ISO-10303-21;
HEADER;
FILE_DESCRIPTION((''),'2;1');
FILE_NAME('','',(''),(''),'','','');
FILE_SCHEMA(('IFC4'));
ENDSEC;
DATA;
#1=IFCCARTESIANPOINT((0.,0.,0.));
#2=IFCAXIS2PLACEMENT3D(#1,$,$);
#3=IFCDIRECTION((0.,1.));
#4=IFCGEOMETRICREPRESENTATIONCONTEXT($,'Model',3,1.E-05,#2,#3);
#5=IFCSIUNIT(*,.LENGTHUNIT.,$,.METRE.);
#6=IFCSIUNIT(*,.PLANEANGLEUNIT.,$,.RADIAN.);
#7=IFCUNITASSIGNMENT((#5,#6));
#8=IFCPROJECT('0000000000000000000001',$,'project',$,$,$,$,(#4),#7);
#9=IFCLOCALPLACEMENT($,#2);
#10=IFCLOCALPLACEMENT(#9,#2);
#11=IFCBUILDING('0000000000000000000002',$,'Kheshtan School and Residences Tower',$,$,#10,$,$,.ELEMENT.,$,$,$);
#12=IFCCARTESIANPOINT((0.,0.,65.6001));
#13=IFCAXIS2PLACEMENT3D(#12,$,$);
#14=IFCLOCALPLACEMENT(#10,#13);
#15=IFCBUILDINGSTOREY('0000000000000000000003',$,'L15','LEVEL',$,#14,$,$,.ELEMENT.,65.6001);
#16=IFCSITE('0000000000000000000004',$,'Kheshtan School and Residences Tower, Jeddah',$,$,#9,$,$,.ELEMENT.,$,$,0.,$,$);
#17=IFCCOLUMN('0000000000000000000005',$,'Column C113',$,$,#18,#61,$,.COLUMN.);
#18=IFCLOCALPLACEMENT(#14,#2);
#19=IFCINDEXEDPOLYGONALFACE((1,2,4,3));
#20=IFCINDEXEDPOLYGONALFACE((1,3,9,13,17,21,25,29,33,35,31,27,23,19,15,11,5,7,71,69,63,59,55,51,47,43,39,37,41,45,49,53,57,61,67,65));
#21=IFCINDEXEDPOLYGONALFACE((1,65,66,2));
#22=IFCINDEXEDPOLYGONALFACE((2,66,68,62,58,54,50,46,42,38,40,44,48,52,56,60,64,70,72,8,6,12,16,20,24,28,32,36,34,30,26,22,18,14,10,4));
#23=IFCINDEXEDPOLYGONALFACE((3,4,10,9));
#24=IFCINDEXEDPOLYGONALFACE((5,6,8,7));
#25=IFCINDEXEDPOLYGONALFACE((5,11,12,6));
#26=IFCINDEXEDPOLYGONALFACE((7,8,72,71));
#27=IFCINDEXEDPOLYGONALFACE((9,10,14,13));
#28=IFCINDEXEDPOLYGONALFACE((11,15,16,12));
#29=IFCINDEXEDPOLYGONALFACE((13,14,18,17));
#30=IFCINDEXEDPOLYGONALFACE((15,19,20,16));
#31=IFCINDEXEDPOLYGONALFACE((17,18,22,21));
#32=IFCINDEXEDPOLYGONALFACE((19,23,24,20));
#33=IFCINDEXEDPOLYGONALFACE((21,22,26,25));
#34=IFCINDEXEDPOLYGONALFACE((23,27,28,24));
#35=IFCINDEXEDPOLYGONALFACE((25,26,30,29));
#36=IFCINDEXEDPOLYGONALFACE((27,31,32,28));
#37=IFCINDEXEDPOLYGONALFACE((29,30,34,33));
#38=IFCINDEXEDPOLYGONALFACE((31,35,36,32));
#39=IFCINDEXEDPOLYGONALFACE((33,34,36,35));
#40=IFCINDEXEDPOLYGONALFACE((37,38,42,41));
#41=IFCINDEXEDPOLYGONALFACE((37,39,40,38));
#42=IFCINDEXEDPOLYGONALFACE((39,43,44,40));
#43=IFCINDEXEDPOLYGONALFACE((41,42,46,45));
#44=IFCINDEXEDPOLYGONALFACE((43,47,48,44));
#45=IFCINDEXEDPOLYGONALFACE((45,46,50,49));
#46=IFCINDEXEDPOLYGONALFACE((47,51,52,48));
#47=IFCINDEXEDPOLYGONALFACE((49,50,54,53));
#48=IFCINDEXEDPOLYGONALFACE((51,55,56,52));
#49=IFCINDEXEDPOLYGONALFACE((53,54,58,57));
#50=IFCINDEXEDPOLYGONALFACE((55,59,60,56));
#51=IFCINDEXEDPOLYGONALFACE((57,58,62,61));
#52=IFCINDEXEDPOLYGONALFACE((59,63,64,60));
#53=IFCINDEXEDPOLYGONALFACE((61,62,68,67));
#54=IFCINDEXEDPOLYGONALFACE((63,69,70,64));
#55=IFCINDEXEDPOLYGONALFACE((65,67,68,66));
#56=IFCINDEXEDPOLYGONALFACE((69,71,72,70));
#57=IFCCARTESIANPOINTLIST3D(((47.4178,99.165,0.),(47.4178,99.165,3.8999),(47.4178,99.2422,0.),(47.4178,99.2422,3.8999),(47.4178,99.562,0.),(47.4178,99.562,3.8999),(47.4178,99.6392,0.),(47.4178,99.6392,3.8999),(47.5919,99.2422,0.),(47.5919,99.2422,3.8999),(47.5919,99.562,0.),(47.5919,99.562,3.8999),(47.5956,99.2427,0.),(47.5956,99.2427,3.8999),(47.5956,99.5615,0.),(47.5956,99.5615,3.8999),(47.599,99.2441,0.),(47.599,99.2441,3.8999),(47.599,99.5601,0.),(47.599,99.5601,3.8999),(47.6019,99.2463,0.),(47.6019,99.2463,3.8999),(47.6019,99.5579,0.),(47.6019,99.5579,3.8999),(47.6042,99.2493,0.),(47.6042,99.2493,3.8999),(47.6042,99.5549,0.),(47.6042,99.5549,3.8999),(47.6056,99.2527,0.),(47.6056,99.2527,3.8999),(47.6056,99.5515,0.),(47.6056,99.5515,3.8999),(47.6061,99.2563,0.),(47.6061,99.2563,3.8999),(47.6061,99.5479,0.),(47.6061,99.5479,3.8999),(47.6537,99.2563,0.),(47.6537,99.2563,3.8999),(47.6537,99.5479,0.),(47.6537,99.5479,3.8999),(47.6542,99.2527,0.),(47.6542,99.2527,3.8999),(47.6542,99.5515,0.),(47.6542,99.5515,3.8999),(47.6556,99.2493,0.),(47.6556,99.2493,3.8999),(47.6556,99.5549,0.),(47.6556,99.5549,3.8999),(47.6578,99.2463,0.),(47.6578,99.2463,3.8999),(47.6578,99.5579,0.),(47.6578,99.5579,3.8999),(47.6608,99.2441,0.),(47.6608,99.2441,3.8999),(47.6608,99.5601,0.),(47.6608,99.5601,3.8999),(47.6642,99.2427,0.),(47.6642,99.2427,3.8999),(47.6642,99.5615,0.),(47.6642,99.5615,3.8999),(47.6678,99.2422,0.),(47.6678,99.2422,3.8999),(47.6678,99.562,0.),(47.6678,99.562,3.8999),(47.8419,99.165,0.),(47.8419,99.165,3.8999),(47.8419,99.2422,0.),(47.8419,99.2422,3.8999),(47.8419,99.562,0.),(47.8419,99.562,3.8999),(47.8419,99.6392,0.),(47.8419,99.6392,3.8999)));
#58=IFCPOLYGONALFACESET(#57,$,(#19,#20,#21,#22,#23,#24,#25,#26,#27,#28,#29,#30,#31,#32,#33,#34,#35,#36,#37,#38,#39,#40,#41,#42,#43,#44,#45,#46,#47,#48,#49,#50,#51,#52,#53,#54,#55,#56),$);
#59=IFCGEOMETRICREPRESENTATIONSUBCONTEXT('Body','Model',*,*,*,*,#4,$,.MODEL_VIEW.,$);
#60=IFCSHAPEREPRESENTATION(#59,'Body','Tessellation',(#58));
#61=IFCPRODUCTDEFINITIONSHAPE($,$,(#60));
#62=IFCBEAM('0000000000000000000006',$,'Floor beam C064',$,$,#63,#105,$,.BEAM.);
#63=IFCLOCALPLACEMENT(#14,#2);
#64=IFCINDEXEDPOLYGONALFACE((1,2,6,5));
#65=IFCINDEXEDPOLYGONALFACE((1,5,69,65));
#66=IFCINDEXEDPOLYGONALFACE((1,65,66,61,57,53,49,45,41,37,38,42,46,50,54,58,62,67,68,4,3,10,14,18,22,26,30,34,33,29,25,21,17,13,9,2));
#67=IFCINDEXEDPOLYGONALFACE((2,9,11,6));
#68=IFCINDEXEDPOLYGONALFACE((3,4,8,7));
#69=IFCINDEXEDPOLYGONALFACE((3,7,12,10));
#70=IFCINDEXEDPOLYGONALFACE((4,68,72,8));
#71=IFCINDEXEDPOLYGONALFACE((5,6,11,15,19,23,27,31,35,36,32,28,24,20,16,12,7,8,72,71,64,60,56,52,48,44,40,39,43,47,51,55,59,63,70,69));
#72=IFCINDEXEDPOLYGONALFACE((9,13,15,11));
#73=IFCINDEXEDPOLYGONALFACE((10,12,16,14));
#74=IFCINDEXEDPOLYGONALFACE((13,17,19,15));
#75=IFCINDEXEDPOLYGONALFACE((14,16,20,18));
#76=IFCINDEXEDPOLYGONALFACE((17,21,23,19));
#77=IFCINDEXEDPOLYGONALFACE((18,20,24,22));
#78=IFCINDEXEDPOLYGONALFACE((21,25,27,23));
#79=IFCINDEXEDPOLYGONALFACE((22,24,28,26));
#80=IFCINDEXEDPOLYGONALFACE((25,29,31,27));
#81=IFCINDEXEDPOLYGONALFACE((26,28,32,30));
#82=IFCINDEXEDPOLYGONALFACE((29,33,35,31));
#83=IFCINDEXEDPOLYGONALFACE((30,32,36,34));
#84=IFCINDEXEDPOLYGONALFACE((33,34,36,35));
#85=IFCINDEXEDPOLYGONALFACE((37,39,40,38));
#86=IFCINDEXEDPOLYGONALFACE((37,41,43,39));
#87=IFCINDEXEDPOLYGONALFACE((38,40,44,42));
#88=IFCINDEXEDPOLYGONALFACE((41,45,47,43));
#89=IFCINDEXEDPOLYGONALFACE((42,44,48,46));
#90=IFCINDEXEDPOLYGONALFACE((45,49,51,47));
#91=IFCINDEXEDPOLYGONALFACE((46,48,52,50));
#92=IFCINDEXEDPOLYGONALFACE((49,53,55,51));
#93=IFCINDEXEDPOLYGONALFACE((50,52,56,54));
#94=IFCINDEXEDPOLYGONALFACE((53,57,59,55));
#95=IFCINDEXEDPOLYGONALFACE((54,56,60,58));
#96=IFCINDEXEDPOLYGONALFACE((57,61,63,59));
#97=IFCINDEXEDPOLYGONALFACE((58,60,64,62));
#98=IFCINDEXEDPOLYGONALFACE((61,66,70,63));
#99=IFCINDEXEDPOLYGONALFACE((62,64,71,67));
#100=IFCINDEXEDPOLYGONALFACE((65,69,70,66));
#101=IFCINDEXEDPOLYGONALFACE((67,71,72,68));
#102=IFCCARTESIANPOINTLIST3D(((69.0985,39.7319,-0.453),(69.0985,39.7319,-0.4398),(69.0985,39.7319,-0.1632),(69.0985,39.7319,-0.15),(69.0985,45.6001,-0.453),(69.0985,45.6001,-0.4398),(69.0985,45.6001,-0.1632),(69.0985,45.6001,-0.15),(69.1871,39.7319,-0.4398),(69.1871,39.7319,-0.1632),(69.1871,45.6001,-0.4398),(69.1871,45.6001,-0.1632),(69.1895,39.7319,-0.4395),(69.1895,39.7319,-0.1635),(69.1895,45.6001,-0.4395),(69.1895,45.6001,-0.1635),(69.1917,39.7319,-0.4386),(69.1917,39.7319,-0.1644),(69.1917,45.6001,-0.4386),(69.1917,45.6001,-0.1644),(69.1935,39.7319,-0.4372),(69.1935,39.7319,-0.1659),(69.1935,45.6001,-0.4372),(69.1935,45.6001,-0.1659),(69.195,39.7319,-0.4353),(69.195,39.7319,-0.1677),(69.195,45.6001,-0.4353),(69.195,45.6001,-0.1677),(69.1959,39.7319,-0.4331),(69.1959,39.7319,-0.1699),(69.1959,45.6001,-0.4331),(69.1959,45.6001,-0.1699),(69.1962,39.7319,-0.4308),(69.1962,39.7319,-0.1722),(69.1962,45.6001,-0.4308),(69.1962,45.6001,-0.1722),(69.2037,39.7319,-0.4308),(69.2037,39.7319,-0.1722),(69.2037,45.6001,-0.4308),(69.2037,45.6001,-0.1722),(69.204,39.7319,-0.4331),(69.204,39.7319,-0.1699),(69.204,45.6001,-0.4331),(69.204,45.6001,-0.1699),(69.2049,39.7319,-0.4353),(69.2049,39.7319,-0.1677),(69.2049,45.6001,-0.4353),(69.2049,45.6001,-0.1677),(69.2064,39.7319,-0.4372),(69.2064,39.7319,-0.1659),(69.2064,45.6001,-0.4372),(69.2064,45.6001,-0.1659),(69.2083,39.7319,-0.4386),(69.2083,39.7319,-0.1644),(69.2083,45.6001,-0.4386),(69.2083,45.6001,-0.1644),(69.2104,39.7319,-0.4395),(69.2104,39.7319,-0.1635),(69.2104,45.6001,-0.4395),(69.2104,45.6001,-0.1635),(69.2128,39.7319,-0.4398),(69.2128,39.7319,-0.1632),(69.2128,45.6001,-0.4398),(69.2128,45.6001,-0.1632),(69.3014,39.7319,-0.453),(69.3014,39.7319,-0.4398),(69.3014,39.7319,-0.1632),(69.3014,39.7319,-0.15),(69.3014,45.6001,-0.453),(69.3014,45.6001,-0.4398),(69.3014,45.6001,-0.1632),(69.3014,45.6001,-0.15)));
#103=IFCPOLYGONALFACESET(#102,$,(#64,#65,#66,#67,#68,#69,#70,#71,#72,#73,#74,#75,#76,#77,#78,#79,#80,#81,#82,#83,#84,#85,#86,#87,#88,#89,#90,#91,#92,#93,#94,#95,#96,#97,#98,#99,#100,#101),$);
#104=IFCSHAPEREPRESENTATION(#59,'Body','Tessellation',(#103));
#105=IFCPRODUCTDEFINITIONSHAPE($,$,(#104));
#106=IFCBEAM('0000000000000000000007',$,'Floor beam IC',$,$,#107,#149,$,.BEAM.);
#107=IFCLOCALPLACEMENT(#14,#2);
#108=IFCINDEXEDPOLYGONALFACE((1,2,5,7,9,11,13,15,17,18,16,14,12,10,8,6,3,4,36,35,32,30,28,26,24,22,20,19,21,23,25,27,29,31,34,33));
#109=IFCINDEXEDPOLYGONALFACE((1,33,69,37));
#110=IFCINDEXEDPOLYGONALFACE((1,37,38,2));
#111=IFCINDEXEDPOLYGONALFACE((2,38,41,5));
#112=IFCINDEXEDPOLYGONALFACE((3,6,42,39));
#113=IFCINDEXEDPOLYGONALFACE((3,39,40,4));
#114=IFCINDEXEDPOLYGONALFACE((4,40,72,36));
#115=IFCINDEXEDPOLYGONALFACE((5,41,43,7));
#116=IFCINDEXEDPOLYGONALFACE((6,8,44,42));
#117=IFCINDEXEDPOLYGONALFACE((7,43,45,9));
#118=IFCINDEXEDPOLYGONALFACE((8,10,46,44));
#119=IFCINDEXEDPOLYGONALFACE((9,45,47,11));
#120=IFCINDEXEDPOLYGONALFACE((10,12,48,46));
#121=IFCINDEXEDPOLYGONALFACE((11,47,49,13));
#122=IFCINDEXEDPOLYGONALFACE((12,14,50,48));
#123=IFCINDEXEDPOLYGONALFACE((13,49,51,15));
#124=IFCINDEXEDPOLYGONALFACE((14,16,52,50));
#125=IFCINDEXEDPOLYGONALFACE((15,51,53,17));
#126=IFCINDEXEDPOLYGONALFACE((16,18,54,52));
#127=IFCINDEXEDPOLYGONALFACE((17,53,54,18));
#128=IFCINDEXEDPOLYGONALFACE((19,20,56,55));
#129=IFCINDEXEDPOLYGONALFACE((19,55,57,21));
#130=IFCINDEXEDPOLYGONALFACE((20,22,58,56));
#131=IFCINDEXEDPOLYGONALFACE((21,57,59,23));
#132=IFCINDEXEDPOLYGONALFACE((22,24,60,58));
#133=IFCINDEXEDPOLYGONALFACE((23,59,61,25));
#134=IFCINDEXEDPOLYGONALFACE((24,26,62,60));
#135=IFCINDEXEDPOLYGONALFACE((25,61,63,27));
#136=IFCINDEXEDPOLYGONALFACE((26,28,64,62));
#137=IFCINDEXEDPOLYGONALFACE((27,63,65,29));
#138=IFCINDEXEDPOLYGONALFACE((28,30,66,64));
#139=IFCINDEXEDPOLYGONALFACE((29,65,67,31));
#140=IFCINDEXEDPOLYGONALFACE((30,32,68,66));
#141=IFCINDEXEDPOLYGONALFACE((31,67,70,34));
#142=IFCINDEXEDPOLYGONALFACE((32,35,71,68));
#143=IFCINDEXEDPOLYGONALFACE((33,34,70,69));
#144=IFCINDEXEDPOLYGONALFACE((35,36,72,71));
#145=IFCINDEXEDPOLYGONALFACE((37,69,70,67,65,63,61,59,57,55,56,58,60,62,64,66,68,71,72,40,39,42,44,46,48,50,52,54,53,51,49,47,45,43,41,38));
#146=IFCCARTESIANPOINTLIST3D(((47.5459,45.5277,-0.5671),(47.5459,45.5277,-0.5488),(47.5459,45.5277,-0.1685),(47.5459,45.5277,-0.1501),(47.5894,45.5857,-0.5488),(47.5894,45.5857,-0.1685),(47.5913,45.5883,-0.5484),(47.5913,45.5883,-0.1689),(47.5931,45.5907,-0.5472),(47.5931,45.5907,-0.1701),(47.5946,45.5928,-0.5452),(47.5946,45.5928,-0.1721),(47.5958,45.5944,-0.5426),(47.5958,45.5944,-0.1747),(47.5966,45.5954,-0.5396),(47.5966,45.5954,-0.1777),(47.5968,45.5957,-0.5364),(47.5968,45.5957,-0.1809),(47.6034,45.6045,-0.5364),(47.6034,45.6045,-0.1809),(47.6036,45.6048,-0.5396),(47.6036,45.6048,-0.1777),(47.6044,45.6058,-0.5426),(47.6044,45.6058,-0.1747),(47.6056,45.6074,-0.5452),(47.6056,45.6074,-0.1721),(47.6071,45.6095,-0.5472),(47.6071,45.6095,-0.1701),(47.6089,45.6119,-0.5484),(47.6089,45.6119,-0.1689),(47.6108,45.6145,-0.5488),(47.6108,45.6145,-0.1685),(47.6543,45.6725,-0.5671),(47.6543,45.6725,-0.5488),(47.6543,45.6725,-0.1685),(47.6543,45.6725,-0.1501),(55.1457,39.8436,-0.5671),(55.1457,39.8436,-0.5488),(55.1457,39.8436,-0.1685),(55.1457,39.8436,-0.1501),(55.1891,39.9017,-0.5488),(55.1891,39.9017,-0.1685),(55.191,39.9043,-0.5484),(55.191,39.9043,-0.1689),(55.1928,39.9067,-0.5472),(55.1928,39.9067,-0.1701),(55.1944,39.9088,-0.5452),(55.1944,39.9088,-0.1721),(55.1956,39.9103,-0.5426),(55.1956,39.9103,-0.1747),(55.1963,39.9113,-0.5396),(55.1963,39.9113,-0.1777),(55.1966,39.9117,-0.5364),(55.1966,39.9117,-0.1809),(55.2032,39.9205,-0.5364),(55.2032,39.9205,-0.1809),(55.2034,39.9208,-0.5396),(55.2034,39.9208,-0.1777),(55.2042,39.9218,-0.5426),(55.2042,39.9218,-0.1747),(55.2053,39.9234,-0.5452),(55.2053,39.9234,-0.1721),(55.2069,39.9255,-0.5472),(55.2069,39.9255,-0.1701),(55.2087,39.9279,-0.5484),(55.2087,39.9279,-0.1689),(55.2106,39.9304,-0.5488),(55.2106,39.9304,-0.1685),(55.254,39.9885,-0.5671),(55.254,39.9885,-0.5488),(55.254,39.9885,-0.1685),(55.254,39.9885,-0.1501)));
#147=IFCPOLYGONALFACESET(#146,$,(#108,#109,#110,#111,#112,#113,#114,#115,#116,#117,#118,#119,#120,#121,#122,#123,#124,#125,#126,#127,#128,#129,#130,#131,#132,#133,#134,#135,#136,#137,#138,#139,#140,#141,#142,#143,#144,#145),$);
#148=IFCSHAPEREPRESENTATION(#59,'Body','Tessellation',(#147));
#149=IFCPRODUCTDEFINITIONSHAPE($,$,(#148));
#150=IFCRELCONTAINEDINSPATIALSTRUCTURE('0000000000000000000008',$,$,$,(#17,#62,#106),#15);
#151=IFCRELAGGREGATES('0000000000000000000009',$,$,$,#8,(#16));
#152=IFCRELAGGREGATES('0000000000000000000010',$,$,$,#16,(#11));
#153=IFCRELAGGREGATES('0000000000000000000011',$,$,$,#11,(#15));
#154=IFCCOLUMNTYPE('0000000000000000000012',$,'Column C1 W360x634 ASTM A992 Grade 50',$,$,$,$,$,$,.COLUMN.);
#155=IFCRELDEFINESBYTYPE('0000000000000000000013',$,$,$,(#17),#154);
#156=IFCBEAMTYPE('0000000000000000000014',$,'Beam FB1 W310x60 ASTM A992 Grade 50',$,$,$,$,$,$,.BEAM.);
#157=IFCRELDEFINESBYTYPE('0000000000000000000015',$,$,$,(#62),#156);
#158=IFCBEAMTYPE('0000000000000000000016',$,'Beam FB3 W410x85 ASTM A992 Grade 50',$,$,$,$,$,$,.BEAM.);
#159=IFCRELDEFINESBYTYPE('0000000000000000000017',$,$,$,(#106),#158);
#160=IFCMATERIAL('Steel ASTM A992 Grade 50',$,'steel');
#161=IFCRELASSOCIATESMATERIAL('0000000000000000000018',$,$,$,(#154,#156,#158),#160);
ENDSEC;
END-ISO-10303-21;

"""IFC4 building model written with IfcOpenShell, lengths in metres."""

from ifc_helpers import new_model, si_unit, direction, frame, origin, origin_2d, place, context, subcontext, project, spatial, i_section, extrude, material, material_profile, profile_set, type_object, element, save


model = new_model("IFC4")

# Units and contexts
model_context = context("Model", 3, precision=1e-05, world=origin(), true_north=direction((0.0, 1.0)))
body_context = subcontext(model_context, "Body", "Model", "MODEL_VIEW")
ifc_project = project(units=[si_unit("LENGTHUNIT", "METRE"), si_unit("PLANEANGLEUNIT", "RADIAN")], contexts=[model_context])

# Site, building, storey
site_placement = place(None, origin())
site = spatial("IfcSite", under=ifc_project, at=site_placement, Name="Kheshtan School and Residences Tower, Jeddah", CompositionType="ELEMENT", RefElevation=0.0)
building_placement = place(site_placement, origin())
building = spatial("IfcBuilding", under=site, at=building_placement, Name="Kheshtan School and Residences Tower", CompositionType="ELEMENT")
storey_placement = place(building_placement, frame((0.0, 0.0, 65.6001)))
storey = spatial("IfcBuildingStorey", under=building, at=storey_placement, Name="L15", Description="LEVEL", CompositionType="ELEMENT", Elevation=65.6001)

# Column
ifc_material_1 = material(Name="Steel ASTM A992 Grade 50", Category="steel")
ifc_material_profile_1 = material_profile(ifc_material_1, i_section(OverallWidth=0.4241, OverallDepth=0.4741, WebThickness=0.0476, FlangeThickness=0.0771, FilletRadius=0.0142, at=origin_2d()), Name="W360x634")
ifc_profile_set_1 = profile_set([ifc_material_profile_1], Name="Steel ASTM A992 Grade 50")
column_type = type_object("IfcColumnType", Name="Column C1 W360x634 ASTM A992 Grade 50", PredefinedType="COLUMN", material=ifc_profile_set_1)
for number, where, z_axis, x_axis, name in (
    (1, (47.6299, 99.4021, 0.0), (0.0, 0.0, 1.0), (1.0, 0.0, 0.0), "Column C113"),
):
    element("IfcColumn", number, at=place(storey_placement, frame(where, z_axis=z_axis, x_axis=x_axis)), inside=storey, type_object=column_type, Name=name, PredefinedType="COLUMN", context=body_context, shape_type="SweptSolid", body=[
        extrude(i_section(OverallWidth=0.4241, OverallDepth=0.4741, WebThickness=0.0476, FlangeThickness=0.0771, FilletRadius=0.0142, at=origin_2d()), origin(), (0.0, 0.0, 1.0), 3.8999),
    ])

# Beams
ifc_material_profile_2 = material_profile(ifc_material_1, i_section(OverallWidth=0.2029, OverallDepth=0.303, WebThickness=0.0076, FlangeThickness=0.0132, FilletRadius=0.009, at=origin_2d()), Name="W310x60")
ifc_profile_set_2 = profile_set([ifc_material_profile_2], Name="Steel ASTM A992 Grade 50")
beam_type_1 = type_object("IfcBeamType", Name="Beam FB1 W310x60 ASTM A992 Grade 50", PredefinedType="BEAM", material=ifc_profile_set_2)
beam_1_placement = place(storey_placement, frame((69.2, 45.6001, -0.3015), z_axis=(0.0, -1.0, 0.0), x_axis=(1.0, 0.0, 0.0)))
element("IfcBeam", 2, at=beam_1_placement, inside=storey, type_object=beam_type_1, Name="Floor beam C064", PredefinedType="BEAM", context=body_context, shape_type="SweptSolid", body=[
    extrude(i_section(OverallWidth=0.2029, OverallDepth=0.303, WebThickness=0.0076, FlangeThickness=0.0132, FilletRadius=0.009, at=origin_2d()), origin(), (0.0, 0.0, 1.0), 5.8682),
])
ifc_material_profile_3 = material_profile(ifc_material_1, i_section(OverallWidth=0.1809, OverallDepth=0.417, WebThickness=0.011, FlangeThickness=0.0183, FilletRadius=0.0125, at=origin_2d()), Name="W410x85")
ifc_profile_set_3 = profile_set([ifc_material_profile_3], Name="Steel ASTM A992 Grade 50")
beam_type_2 = type_object("IfcBeamType", Name="Beam FB3 W410x85 ASTM A992 Grade 50", PredefinedType="BEAM", material=ifc_profile_set_3)
beam_2_placement = place(storey_placement, frame((47.6001, 45.6001, -0.3586), z_axis=(0.800799, -0.598933, 0.0), x_axis=(0.598933, 0.800799, 0.0)))
element("IfcBeam", 3, at=beam_2_placement, inside=storey, type_object=beam_type_2, Name="Floor beam IC", PredefinedType="BEAM", context=body_context, shape_type="SweptSolid", body=[
    extrude(i_section(OverallWidth=0.1809, OverallDepth=0.417, WebThickness=0.011, FlangeThickness=0.0183, FilletRadius=0.0125, at=origin_2d()), origin(), (0.0, 0.0, 1.0), 9.4902),
])

save(model, "model.ifc")
